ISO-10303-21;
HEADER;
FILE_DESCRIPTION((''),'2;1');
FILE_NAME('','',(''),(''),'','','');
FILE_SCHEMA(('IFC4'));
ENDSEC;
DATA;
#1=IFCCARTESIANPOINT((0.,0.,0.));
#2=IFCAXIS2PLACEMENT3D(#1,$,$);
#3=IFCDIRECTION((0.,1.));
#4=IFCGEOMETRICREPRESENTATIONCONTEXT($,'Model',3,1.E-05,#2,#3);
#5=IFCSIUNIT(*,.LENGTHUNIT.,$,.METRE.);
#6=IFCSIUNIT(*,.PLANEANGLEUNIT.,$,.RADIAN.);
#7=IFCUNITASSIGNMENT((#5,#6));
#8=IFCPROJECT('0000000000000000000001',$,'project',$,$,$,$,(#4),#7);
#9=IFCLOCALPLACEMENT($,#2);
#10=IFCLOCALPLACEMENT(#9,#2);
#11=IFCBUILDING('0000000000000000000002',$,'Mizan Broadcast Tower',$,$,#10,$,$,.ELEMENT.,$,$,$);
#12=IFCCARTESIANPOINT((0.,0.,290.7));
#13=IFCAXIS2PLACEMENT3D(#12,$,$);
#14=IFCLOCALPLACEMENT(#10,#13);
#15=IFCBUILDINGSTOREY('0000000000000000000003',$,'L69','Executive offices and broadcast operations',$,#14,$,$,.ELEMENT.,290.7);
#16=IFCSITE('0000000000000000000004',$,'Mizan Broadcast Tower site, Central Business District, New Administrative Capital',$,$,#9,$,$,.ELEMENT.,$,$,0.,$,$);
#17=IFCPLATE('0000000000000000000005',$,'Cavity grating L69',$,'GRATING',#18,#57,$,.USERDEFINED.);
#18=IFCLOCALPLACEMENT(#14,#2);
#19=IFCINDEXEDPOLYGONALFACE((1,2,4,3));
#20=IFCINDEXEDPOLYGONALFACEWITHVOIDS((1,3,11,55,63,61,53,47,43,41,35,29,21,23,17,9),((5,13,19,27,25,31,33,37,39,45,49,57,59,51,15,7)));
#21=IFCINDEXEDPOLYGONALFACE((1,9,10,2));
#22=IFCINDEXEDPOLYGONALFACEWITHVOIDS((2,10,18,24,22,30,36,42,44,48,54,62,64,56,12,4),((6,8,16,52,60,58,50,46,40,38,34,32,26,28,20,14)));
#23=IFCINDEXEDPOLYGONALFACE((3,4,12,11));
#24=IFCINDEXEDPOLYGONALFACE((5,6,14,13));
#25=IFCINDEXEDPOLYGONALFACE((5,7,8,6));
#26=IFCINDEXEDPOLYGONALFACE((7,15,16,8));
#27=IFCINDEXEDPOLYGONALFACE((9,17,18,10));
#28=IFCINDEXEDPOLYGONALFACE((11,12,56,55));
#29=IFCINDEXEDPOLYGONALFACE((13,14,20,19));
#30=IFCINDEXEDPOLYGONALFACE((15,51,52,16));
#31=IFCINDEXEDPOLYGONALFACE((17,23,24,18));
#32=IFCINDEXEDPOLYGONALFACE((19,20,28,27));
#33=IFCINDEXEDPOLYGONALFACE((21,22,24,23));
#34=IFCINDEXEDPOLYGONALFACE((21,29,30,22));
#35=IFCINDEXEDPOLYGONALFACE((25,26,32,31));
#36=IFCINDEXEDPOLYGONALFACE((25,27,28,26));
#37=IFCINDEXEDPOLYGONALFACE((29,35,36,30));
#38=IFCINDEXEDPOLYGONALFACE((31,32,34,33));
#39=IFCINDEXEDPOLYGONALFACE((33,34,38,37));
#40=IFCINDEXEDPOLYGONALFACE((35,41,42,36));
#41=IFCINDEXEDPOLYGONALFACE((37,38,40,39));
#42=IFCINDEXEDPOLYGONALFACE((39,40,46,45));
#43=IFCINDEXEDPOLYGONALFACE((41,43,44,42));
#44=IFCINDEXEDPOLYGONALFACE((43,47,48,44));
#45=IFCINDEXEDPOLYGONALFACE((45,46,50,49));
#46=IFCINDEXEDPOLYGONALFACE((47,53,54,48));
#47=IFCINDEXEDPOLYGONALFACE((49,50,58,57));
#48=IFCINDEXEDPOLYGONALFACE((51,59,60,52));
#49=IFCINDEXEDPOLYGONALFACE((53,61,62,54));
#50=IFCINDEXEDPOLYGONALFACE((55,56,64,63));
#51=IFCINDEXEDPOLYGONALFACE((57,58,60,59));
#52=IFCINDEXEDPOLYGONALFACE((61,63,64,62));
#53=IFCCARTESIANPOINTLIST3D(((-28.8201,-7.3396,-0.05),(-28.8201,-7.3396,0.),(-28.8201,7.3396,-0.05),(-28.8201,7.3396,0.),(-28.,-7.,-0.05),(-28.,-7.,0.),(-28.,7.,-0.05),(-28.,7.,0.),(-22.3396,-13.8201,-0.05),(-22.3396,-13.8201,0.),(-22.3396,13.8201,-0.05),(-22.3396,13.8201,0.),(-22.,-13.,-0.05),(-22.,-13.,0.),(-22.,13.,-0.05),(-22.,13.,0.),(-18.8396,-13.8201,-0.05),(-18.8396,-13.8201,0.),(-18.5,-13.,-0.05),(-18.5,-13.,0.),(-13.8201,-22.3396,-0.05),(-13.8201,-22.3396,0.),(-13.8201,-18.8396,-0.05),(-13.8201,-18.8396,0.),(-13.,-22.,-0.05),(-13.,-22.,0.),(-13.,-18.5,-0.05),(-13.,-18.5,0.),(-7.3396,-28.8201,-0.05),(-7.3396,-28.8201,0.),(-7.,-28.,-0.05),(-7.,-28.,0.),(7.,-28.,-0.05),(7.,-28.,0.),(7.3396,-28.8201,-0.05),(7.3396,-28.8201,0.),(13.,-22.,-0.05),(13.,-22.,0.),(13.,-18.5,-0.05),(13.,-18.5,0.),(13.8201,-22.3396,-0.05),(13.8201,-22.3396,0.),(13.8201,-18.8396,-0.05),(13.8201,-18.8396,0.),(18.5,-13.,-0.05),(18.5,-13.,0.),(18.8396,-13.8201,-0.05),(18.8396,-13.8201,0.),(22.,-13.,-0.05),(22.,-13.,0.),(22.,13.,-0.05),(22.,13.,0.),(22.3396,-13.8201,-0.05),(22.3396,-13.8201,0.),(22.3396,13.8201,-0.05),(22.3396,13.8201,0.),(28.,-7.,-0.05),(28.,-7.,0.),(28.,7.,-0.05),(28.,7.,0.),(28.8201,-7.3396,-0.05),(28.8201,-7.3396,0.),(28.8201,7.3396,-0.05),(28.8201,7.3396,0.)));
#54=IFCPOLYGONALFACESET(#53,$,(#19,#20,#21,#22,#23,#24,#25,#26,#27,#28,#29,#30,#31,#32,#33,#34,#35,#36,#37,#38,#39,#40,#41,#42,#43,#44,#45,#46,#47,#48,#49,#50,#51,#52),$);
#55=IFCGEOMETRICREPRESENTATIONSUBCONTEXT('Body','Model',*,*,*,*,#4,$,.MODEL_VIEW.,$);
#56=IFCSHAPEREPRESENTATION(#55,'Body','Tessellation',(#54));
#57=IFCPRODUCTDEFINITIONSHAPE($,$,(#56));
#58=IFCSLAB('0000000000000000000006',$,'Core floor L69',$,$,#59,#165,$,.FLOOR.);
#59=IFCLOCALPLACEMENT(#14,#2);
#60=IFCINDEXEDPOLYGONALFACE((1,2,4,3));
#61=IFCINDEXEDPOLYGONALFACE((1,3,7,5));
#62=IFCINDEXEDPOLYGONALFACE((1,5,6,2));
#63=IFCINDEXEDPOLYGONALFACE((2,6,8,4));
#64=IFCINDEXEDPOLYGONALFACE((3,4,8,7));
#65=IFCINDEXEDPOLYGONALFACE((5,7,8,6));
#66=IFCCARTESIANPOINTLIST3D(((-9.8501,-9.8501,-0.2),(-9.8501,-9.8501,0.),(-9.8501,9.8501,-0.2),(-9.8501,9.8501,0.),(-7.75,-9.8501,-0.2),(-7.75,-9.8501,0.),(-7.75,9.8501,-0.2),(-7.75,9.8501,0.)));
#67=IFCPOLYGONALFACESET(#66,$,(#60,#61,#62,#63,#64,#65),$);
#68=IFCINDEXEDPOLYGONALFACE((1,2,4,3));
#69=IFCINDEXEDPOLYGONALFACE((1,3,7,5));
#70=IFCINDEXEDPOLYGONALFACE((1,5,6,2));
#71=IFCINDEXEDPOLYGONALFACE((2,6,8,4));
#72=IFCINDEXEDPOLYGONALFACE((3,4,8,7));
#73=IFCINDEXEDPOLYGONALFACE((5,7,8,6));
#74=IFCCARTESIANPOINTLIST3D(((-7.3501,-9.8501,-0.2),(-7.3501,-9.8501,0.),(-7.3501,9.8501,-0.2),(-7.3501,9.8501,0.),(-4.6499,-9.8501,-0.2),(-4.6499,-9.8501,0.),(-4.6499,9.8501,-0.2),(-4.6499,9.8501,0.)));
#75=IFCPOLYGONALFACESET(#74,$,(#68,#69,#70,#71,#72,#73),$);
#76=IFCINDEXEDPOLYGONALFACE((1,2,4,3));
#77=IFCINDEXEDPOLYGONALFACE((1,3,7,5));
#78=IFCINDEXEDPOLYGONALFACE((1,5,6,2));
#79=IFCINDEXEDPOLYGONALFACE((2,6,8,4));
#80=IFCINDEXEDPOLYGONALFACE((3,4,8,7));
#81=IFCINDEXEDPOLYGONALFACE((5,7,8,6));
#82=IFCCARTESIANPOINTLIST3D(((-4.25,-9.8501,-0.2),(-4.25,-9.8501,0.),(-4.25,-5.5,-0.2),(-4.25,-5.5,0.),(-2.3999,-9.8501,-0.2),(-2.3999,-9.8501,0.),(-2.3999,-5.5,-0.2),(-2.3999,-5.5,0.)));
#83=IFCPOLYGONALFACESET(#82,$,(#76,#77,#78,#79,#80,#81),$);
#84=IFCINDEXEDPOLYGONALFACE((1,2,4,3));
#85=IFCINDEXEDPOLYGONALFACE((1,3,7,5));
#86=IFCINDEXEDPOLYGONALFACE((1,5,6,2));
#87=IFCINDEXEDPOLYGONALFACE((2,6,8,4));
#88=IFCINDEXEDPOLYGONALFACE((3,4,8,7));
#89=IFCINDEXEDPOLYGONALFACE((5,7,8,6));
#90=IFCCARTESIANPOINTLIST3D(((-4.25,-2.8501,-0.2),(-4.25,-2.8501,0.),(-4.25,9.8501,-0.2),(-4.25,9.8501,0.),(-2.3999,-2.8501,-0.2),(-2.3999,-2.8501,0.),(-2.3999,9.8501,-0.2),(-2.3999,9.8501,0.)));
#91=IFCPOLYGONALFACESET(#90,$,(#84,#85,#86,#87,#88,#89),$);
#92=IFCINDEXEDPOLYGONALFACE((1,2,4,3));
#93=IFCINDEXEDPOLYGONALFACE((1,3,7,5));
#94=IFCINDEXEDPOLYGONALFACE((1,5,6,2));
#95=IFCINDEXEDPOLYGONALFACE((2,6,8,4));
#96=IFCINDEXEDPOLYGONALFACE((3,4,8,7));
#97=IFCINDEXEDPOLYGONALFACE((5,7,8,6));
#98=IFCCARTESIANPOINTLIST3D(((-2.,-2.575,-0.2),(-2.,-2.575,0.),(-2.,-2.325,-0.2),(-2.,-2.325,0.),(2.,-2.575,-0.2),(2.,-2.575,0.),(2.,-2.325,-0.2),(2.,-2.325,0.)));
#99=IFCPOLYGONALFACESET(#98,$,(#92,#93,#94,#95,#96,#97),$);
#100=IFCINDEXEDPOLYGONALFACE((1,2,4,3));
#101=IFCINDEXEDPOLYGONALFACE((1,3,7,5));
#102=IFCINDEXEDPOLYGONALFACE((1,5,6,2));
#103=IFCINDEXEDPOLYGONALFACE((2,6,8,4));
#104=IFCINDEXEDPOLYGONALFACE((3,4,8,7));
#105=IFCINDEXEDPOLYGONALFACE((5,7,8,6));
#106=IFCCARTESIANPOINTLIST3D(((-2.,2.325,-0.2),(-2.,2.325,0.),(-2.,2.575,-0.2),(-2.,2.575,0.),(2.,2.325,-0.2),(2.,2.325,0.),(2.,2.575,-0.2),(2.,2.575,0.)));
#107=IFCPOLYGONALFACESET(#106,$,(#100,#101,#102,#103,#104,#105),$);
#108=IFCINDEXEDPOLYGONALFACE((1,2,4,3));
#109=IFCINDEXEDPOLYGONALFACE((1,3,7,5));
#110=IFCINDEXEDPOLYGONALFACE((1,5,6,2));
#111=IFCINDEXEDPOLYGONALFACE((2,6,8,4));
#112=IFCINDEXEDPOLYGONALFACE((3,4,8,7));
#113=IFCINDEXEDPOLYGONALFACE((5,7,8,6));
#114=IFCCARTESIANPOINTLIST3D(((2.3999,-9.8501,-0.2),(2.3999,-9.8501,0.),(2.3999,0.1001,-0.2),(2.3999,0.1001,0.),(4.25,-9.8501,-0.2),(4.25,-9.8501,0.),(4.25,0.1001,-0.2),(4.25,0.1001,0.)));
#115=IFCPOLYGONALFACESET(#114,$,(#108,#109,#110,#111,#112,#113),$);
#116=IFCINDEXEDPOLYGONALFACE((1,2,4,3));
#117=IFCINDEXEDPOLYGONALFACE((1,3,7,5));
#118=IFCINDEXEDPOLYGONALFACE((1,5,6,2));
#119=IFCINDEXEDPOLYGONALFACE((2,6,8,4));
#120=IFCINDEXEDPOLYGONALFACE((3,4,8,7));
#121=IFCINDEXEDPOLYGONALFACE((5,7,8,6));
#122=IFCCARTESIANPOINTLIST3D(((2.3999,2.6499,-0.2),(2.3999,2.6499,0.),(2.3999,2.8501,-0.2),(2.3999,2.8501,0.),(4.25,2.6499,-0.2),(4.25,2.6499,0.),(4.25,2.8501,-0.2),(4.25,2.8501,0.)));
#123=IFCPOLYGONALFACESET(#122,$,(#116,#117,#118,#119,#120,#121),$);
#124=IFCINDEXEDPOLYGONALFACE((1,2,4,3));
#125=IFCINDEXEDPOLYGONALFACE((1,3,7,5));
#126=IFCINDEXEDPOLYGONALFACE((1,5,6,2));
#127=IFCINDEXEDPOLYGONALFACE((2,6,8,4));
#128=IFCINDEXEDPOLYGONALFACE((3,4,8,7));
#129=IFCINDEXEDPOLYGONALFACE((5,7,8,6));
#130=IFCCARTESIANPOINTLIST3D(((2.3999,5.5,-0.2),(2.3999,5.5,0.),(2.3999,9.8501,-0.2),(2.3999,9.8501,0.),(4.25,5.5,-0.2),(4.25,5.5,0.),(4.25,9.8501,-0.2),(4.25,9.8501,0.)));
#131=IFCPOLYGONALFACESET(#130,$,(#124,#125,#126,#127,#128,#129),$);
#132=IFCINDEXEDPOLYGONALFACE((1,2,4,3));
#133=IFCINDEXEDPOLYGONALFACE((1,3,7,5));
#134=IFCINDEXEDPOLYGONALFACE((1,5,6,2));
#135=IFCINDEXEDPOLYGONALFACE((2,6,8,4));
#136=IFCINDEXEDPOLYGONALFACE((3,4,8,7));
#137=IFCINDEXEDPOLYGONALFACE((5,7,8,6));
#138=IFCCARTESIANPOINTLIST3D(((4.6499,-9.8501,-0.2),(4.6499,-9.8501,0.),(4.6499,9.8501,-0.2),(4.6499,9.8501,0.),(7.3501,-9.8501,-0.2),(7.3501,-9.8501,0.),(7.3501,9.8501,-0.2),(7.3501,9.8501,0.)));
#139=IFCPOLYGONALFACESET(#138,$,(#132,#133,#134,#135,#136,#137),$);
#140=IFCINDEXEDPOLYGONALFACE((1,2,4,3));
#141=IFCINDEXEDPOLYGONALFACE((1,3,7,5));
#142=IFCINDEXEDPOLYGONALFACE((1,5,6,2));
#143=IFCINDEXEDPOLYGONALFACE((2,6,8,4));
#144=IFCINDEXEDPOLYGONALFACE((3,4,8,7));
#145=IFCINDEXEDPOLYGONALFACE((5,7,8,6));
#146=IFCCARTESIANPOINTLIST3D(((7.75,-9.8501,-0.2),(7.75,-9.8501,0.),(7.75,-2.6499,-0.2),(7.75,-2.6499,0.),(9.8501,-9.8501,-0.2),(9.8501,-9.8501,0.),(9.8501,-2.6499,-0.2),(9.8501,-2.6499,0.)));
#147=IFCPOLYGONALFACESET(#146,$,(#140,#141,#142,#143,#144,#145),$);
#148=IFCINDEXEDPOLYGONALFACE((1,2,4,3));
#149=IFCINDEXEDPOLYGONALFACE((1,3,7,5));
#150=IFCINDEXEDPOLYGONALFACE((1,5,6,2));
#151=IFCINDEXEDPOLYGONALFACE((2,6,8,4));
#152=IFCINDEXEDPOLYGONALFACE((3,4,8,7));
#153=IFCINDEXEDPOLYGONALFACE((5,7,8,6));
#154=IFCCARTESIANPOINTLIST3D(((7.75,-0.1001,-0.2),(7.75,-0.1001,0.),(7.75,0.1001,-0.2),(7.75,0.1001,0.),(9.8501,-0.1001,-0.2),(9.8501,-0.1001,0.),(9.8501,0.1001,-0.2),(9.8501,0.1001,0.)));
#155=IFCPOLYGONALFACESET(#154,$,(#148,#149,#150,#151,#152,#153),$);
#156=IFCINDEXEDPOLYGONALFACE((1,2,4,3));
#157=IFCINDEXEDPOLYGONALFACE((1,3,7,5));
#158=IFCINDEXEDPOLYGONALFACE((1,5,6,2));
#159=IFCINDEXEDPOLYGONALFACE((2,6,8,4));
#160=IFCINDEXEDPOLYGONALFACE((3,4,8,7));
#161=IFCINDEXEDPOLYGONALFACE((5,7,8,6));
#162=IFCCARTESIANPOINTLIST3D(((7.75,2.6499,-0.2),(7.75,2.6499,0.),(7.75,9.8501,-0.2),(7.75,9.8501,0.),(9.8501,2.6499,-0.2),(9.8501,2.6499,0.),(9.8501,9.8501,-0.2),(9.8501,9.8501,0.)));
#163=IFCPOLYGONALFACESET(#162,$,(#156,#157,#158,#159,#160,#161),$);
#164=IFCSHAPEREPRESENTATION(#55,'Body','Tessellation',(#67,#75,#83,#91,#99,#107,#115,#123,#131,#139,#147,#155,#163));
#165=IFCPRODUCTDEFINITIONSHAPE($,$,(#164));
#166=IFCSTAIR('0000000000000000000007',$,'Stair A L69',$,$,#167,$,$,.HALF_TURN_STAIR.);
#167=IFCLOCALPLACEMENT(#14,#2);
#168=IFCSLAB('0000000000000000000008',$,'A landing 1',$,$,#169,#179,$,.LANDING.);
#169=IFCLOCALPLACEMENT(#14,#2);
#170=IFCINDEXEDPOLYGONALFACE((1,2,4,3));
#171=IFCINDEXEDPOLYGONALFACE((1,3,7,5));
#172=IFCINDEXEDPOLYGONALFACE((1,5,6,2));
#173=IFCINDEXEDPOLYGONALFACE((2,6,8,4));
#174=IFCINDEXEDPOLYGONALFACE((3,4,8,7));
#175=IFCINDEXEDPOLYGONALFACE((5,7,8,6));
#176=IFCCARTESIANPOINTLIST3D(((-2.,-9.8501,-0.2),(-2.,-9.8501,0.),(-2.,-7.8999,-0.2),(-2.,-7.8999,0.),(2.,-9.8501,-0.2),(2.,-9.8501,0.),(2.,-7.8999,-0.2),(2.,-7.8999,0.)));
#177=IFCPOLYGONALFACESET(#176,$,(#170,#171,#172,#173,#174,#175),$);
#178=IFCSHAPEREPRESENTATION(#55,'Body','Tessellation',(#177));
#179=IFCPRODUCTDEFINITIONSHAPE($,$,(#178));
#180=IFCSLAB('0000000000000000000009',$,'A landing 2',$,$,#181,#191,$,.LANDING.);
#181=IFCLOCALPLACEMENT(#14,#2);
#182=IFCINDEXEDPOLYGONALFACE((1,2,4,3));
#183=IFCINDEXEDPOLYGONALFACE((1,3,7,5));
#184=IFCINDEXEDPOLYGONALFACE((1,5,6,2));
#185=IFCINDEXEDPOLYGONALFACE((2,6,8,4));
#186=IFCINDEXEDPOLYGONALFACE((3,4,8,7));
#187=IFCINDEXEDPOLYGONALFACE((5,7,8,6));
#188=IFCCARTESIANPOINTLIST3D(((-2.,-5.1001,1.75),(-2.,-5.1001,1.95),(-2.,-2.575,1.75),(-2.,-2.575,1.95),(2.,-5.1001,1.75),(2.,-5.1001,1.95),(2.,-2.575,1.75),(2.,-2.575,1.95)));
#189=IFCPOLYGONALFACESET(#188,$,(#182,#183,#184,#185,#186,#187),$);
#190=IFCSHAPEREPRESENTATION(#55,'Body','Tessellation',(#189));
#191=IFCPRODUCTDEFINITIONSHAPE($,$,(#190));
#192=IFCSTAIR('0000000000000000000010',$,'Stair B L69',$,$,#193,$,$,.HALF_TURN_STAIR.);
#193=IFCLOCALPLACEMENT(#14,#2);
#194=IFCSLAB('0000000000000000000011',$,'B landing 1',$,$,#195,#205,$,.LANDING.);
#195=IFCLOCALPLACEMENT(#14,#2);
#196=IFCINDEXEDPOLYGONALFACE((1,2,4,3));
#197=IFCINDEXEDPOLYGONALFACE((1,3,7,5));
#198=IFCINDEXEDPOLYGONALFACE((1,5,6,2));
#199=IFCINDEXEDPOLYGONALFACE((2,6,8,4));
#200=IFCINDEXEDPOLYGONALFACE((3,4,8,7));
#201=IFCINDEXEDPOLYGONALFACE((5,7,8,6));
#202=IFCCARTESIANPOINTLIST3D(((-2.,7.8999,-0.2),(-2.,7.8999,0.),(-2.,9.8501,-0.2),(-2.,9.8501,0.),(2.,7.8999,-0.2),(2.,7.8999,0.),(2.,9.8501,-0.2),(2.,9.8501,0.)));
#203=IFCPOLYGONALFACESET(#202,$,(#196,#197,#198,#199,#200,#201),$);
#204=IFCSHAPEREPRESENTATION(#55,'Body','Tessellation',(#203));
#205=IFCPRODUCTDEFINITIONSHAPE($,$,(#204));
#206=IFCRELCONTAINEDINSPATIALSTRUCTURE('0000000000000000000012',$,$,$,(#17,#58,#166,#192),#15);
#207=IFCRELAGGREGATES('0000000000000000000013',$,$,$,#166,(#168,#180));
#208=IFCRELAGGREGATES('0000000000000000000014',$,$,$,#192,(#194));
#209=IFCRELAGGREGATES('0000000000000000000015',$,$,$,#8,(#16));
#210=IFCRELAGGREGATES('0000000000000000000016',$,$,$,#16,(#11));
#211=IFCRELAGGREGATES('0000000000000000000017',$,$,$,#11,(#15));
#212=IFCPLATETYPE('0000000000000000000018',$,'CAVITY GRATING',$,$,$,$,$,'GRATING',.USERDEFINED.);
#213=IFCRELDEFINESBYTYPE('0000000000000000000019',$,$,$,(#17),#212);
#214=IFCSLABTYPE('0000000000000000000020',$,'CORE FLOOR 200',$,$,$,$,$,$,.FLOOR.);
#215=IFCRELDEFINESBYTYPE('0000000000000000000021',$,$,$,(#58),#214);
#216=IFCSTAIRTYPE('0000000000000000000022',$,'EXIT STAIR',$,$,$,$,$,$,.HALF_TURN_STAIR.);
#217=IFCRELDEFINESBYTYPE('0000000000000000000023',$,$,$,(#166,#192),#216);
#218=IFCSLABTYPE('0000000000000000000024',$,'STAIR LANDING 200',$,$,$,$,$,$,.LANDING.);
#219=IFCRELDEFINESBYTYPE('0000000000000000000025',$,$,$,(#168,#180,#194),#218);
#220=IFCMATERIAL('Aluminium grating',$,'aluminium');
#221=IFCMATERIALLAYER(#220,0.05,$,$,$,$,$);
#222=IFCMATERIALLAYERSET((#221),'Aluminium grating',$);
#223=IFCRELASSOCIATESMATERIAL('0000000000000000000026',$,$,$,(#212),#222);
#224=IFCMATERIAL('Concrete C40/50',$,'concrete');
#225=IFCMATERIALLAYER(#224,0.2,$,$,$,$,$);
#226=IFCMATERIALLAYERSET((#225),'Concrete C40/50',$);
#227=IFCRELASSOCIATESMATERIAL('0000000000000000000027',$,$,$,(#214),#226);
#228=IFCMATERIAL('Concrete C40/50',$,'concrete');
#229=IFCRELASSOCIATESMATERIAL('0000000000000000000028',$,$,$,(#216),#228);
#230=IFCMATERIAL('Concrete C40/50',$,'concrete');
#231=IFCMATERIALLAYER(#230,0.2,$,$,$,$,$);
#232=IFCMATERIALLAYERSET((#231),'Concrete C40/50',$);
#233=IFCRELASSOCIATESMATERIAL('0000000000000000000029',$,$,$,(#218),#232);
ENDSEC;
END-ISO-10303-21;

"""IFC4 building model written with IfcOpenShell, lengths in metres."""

from ifc_helpers import new_model, si_unit, direction, frame, origin, place, context, subcontext, project, spatial, polyline, outline, extrude, material, layer, layer_set, type_object, element, aggregate, save


model = new_model("IFC4")

# Units and contexts
model_context = context("Model", 3, precision=1e-05, world=origin(), true_north=direction((0.0, 1.0)))
body_context = subcontext(model_context, "Body", "Model", "MODEL_VIEW")
ifc_project = project(units=[si_unit("LENGTHUNIT", "METRE"), si_unit("PLANEANGLEUNIT", "RADIAN")], contexts=[model_context])

# Site, building, storey
site_placement = place(None, origin())
site = spatial("IfcSite", under=ifc_project, at=site_placement, Name="Mizan Broadcast Tower site, Central Business District, New Administrative Capital", CompositionType="ELEMENT", RefElevation=0.0)
building_placement = place(site_placement, origin())
building = spatial("IfcBuilding", under=site, at=building_placement, Name="Mizan Broadcast Tower", CompositionType="ELEMENT")
storey_placement = place(building_placement, frame((0.0, 0.0, 290.7)))
storey = spatial("IfcBuildingStorey", under=building, at=storey_placement, Name="L69", Description="Executive offices and broadcast operations", CompositionType="ELEMENT", Elevation=290.7)

# Plate
ifc_material_1 = material(Name="Aluminium grating", Category="aluminium")
ifc_layer_1 = layer(ifc_material_1, 0.05)
ifc_layer_set_1 = layer_set([ifc_layer_1], Name="Aluminium grating")
plate_type = type_object("IfcPlateType", Name="CAVITY GRATING", ElementType="GRATING", PredefinedType="USERDEFINED", material=ifc_layer_set_1)
plate_placement = place(storey_placement, frame((0.0, 0.0, -0.05)))
element("IfcPlate", 1, at=plate_placement, inside=storey, type_object=plate_type, Name="Cavity grating L69", ObjectType="GRATING", PredefinedType="USERDEFINED", context=body_context, shape_type="SweptSolid", body=[
    extrude(outline(polyline([(-22.3396, 13.8201), (-28.8201, 7.3396), (-28.8201, -7.3396), (-22.3396, -13.8201), (-18.8396, -13.8201), (-13.8201, -18.8396), (-13.8201, -22.3396), (-7.3396, -28.8201), (7.3396, -28.8201), (13.8201, -22.3396), (13.8201, -18.8396), (18.8396, -13.8201), (22.3396, -13.8201), (28.8201, -7.3396), (28.8201, 7.3396), (22.3396, 13.8201), (-22.3396, 13.8201)]), holes=[polyline([(-18.5, -13.0), (-22.0, -13.0), (-28.0, -7.0), (-28.0, 7.0), (-22.0, 13.0), (22.0, 13.0), (28.0, 7.0), (28.0, -7.0), (22.0, -13.0), (18.5, -13.0), (13.0, -18.5), (13.0, -22.0), (7.0, -28.0), (-7.0, -28.0), (-13.0, -22.0), (-13.0, -18.5), (-18.5, -13.0)])]), origin(), (0.0, 0.0, 1.0), 0.05),
])

# Slab
ifc_material_2 = material(Name="Concrete C40/50", Category="concrete")
ifc_layer_2 = layer(ifc_material_2, 0.2)
ifc_layer_set_2 = layer_set([ifc_layer_2], Name="Concrete C40/50")
slab_type_1 = type_object("IfcSlabType", Name="CORE FLOOR 200", PredefinedType="FLOOR", material=ifc_layer_set_2)
slab_1_placement = place(storey_placement, frame((0.0, 0.0, -0.2)))
element("IfcSlab", 2, at=slab_1_placement, inside=storey, type_object=slab_type_1, Name="Core floor L69", PredefinedType="FLOOR", context=body_context, shape_type="SweptSolid", body=[
    extrude(outline(polyline([(-9.8501, -9.8501), (-7.75, -9.8501), (-7.75, 9.8501), (-9.8501, 9.8501), (-9.8501, -9.8501)])), origin(), (0.0, 0.0, 1.0), 0.2),
    extrude(outline(polyline([(-4.6499, 9.8501), (-7.3501, 9.8501), (-7.3501, -9.8501), (-4.6499, -9.8501), (-4.6499, 9.8501)])), origin(), (0.0, 0.0, 1.0), 0.2),
    extrude(outline(polyline([(-4.25, -5.5), (-4.25, -9.8501), (-2.3999, -9.8501), (-2.3999, -5.5), (-4.25, -5.5)])), origin(), (0.0, 0.0, 1.0), 0.2),
    extrude(outline(polyline([(-4.25, -2.8501), (-2.3999, -2.8501), (-2.3999, 9.8501), (-4.25, 9.8501), (-4.25, -2.8501)])), origin(), (0.0, 0.0, 1.0), 0.2),
    extrude(outline(polyline([(2.0, -2.325), (-2.0, -2.325), (-2.0, -2.575), (2.0, -2.575), (2.0, -2.325)])), origin(), (0.0, 0.0, 1.0), 0.2),
    extrude(outline(polyline([(2.0, 2.575), (-2.0, 2.575), (-2.0, 2.325), (2.0, 2.325), (2.0, 2.575)])), origin(), (0.0, 0.0, 1.0), 0.2),
    extrude(outline(polyline([(4.25, -9.8501), (4.25, 0.1001), (2.3999, 0.1001), (2.3999, -9.8501), (4.25, -9.8501)])), origin(), (0.0, 0.0, 1.0), 0.2),
    extrude(outline(polyline([(4.25, 2.6499), (4.25, 2.8501), (2.3999, 2.8501), (2.3999, 2.6499), (4.25, 2.6499)])), origin(), (0.0, 0.0, 1.0), 0.2),
    extrude(outline(polyline([(4.25, 5.5), (4.25, 9.8501), (2.3999, 9.8501), (2.3999, 5.5), (4.25, 5.5)])), origin(), (0.0, 0.0, 1.0), 0.2),
    extrude(outline(polyline([(4.6499, 9.8501), (4.6499, -9.8501), (7.3501, -9.8501), (7.3501, 9.8501), (4.6499, 9.8501)])), origin(), (0.0, 0.0, 1.0), 0.2),
    extrude(outline(polyline([(9.8501, -9.8501), (9.8501, -2.6499), (7.75, -2.6499), (7.75, -9.8501), (9.8501, -9.8501)])), origin(), (0.0, 0.0, 1.0), 0.2),
    extrude(outline(polyline([(9.8501, -0.1001), (9.8501, 0.1001), (7.75, 0.1001), (7.75, -0.1001), (9.8501, -0.1001)])), origin(), (0.0, 0.0, 1.0), 0.2),
    extrude(outline(polyline([(7.75, 9.8501), (7.75, 2.6499), (9.8501, 2.6499), (9.8501, 9.8501), (7.75, 9.8501)])), origin(), (0.0, 0.0, 1.0), 0.2),
])

# Stairs, slabs
ifc_material_3 = material(Name="Concrete C40/50", Category="concrete")
stair_type = type_object("IfcStairType", Name="EXIT STAIR", PredefinedType="HALF_TURN_STAIR", material=ifc_material_3)
stair_1_placement = place(storey_placement, origin())
stair_1 = element("IfcStair", 3, at=stair_1_placement, inside=storey, type_object=stair_type, Name="Stair A L69", PredefinedType="HALF_TURN_STAIR")
ifc_material_4 = material(Name="Concrete C40/50", Category="concrete")
ifc_layer_3 = layer(ifc_material_4, 0.2)
ifc_layer_set_3 = layer_set([ifc_layer_3], Name="Concrete C40/50")
slab_type_2 = type_object("IfcSlabType", Name="STAIR LANDING 200", PredefinedType="LANDING", material=ifc_layer_set_3)
slab_2_placement = place(storey_placement, frame((0.0, 0.0, -0.2)))
slab_2 = element("IfcSlab", 4, at=slab_2_placement, type_object=slab_type_2, Name="A landing 1", PredefinedType="LANDING", context=body_context, shape_type="SweptSolid", body=[
    extrude(outline(polyline([(-2.0, -9.8501), (-2.0, -7.8999), (2.0, -7.8999), (2.0, -9.8501), (-2.0, -9.8501)])), origin(), (0.0, 0.0, 1.0), 0.2),
])
slab_3_placement = place(storey_placement, frame((0.0, 0.0, 1.75)))
slab_3 = element("IfcSlab", 5, at=slab_3_placement, type_object=slab_type_2, Name="A landing 2", PredefinedType="LANDING", context=body_context, shape_type="SweptSolid", body=[
    extrude(outline(polyline([(-2.0, -5.1001), (-2.0, -2.575), (2.0, -2.575), (2.0, -5.1001), (-2.0, -5.1001)])), origin(), (0.0, 0.0, 1.0), 0.2),
])
aggregate(stair_1, [slab_2, slab_3])
stair_2_placement = place(storey_placement, origin())
stair_2 = element("IfcStair", 6, at=stair_2_placement, inside=storey, type_object=stair_type, Name="Stair B L69", PredefinedType="HALF_TURN_STAIR")
slab_4_placement = place(storey_placement, frame((0.0, 0.0, -0.2)))
slab_4 = element("IfcSlab", 7, at=slab_4_placement, type_object=slab_type_2, Name="B landing 1", PredefinedType="LANDING", context=body_context, shape_type="SweptSolid", body=[
    extrude(outline(polyline([(2.0, 9.8501), (2.0, 7.8999), (-2.0, 7.8999), (-2.0, 9.8501), (2.0, 9.8501)])), origin(), (0.0, 0.0, 1.0), 0.2),
])

aggregate(stair_2, [slab_4])

save(model, "model.ifc")
